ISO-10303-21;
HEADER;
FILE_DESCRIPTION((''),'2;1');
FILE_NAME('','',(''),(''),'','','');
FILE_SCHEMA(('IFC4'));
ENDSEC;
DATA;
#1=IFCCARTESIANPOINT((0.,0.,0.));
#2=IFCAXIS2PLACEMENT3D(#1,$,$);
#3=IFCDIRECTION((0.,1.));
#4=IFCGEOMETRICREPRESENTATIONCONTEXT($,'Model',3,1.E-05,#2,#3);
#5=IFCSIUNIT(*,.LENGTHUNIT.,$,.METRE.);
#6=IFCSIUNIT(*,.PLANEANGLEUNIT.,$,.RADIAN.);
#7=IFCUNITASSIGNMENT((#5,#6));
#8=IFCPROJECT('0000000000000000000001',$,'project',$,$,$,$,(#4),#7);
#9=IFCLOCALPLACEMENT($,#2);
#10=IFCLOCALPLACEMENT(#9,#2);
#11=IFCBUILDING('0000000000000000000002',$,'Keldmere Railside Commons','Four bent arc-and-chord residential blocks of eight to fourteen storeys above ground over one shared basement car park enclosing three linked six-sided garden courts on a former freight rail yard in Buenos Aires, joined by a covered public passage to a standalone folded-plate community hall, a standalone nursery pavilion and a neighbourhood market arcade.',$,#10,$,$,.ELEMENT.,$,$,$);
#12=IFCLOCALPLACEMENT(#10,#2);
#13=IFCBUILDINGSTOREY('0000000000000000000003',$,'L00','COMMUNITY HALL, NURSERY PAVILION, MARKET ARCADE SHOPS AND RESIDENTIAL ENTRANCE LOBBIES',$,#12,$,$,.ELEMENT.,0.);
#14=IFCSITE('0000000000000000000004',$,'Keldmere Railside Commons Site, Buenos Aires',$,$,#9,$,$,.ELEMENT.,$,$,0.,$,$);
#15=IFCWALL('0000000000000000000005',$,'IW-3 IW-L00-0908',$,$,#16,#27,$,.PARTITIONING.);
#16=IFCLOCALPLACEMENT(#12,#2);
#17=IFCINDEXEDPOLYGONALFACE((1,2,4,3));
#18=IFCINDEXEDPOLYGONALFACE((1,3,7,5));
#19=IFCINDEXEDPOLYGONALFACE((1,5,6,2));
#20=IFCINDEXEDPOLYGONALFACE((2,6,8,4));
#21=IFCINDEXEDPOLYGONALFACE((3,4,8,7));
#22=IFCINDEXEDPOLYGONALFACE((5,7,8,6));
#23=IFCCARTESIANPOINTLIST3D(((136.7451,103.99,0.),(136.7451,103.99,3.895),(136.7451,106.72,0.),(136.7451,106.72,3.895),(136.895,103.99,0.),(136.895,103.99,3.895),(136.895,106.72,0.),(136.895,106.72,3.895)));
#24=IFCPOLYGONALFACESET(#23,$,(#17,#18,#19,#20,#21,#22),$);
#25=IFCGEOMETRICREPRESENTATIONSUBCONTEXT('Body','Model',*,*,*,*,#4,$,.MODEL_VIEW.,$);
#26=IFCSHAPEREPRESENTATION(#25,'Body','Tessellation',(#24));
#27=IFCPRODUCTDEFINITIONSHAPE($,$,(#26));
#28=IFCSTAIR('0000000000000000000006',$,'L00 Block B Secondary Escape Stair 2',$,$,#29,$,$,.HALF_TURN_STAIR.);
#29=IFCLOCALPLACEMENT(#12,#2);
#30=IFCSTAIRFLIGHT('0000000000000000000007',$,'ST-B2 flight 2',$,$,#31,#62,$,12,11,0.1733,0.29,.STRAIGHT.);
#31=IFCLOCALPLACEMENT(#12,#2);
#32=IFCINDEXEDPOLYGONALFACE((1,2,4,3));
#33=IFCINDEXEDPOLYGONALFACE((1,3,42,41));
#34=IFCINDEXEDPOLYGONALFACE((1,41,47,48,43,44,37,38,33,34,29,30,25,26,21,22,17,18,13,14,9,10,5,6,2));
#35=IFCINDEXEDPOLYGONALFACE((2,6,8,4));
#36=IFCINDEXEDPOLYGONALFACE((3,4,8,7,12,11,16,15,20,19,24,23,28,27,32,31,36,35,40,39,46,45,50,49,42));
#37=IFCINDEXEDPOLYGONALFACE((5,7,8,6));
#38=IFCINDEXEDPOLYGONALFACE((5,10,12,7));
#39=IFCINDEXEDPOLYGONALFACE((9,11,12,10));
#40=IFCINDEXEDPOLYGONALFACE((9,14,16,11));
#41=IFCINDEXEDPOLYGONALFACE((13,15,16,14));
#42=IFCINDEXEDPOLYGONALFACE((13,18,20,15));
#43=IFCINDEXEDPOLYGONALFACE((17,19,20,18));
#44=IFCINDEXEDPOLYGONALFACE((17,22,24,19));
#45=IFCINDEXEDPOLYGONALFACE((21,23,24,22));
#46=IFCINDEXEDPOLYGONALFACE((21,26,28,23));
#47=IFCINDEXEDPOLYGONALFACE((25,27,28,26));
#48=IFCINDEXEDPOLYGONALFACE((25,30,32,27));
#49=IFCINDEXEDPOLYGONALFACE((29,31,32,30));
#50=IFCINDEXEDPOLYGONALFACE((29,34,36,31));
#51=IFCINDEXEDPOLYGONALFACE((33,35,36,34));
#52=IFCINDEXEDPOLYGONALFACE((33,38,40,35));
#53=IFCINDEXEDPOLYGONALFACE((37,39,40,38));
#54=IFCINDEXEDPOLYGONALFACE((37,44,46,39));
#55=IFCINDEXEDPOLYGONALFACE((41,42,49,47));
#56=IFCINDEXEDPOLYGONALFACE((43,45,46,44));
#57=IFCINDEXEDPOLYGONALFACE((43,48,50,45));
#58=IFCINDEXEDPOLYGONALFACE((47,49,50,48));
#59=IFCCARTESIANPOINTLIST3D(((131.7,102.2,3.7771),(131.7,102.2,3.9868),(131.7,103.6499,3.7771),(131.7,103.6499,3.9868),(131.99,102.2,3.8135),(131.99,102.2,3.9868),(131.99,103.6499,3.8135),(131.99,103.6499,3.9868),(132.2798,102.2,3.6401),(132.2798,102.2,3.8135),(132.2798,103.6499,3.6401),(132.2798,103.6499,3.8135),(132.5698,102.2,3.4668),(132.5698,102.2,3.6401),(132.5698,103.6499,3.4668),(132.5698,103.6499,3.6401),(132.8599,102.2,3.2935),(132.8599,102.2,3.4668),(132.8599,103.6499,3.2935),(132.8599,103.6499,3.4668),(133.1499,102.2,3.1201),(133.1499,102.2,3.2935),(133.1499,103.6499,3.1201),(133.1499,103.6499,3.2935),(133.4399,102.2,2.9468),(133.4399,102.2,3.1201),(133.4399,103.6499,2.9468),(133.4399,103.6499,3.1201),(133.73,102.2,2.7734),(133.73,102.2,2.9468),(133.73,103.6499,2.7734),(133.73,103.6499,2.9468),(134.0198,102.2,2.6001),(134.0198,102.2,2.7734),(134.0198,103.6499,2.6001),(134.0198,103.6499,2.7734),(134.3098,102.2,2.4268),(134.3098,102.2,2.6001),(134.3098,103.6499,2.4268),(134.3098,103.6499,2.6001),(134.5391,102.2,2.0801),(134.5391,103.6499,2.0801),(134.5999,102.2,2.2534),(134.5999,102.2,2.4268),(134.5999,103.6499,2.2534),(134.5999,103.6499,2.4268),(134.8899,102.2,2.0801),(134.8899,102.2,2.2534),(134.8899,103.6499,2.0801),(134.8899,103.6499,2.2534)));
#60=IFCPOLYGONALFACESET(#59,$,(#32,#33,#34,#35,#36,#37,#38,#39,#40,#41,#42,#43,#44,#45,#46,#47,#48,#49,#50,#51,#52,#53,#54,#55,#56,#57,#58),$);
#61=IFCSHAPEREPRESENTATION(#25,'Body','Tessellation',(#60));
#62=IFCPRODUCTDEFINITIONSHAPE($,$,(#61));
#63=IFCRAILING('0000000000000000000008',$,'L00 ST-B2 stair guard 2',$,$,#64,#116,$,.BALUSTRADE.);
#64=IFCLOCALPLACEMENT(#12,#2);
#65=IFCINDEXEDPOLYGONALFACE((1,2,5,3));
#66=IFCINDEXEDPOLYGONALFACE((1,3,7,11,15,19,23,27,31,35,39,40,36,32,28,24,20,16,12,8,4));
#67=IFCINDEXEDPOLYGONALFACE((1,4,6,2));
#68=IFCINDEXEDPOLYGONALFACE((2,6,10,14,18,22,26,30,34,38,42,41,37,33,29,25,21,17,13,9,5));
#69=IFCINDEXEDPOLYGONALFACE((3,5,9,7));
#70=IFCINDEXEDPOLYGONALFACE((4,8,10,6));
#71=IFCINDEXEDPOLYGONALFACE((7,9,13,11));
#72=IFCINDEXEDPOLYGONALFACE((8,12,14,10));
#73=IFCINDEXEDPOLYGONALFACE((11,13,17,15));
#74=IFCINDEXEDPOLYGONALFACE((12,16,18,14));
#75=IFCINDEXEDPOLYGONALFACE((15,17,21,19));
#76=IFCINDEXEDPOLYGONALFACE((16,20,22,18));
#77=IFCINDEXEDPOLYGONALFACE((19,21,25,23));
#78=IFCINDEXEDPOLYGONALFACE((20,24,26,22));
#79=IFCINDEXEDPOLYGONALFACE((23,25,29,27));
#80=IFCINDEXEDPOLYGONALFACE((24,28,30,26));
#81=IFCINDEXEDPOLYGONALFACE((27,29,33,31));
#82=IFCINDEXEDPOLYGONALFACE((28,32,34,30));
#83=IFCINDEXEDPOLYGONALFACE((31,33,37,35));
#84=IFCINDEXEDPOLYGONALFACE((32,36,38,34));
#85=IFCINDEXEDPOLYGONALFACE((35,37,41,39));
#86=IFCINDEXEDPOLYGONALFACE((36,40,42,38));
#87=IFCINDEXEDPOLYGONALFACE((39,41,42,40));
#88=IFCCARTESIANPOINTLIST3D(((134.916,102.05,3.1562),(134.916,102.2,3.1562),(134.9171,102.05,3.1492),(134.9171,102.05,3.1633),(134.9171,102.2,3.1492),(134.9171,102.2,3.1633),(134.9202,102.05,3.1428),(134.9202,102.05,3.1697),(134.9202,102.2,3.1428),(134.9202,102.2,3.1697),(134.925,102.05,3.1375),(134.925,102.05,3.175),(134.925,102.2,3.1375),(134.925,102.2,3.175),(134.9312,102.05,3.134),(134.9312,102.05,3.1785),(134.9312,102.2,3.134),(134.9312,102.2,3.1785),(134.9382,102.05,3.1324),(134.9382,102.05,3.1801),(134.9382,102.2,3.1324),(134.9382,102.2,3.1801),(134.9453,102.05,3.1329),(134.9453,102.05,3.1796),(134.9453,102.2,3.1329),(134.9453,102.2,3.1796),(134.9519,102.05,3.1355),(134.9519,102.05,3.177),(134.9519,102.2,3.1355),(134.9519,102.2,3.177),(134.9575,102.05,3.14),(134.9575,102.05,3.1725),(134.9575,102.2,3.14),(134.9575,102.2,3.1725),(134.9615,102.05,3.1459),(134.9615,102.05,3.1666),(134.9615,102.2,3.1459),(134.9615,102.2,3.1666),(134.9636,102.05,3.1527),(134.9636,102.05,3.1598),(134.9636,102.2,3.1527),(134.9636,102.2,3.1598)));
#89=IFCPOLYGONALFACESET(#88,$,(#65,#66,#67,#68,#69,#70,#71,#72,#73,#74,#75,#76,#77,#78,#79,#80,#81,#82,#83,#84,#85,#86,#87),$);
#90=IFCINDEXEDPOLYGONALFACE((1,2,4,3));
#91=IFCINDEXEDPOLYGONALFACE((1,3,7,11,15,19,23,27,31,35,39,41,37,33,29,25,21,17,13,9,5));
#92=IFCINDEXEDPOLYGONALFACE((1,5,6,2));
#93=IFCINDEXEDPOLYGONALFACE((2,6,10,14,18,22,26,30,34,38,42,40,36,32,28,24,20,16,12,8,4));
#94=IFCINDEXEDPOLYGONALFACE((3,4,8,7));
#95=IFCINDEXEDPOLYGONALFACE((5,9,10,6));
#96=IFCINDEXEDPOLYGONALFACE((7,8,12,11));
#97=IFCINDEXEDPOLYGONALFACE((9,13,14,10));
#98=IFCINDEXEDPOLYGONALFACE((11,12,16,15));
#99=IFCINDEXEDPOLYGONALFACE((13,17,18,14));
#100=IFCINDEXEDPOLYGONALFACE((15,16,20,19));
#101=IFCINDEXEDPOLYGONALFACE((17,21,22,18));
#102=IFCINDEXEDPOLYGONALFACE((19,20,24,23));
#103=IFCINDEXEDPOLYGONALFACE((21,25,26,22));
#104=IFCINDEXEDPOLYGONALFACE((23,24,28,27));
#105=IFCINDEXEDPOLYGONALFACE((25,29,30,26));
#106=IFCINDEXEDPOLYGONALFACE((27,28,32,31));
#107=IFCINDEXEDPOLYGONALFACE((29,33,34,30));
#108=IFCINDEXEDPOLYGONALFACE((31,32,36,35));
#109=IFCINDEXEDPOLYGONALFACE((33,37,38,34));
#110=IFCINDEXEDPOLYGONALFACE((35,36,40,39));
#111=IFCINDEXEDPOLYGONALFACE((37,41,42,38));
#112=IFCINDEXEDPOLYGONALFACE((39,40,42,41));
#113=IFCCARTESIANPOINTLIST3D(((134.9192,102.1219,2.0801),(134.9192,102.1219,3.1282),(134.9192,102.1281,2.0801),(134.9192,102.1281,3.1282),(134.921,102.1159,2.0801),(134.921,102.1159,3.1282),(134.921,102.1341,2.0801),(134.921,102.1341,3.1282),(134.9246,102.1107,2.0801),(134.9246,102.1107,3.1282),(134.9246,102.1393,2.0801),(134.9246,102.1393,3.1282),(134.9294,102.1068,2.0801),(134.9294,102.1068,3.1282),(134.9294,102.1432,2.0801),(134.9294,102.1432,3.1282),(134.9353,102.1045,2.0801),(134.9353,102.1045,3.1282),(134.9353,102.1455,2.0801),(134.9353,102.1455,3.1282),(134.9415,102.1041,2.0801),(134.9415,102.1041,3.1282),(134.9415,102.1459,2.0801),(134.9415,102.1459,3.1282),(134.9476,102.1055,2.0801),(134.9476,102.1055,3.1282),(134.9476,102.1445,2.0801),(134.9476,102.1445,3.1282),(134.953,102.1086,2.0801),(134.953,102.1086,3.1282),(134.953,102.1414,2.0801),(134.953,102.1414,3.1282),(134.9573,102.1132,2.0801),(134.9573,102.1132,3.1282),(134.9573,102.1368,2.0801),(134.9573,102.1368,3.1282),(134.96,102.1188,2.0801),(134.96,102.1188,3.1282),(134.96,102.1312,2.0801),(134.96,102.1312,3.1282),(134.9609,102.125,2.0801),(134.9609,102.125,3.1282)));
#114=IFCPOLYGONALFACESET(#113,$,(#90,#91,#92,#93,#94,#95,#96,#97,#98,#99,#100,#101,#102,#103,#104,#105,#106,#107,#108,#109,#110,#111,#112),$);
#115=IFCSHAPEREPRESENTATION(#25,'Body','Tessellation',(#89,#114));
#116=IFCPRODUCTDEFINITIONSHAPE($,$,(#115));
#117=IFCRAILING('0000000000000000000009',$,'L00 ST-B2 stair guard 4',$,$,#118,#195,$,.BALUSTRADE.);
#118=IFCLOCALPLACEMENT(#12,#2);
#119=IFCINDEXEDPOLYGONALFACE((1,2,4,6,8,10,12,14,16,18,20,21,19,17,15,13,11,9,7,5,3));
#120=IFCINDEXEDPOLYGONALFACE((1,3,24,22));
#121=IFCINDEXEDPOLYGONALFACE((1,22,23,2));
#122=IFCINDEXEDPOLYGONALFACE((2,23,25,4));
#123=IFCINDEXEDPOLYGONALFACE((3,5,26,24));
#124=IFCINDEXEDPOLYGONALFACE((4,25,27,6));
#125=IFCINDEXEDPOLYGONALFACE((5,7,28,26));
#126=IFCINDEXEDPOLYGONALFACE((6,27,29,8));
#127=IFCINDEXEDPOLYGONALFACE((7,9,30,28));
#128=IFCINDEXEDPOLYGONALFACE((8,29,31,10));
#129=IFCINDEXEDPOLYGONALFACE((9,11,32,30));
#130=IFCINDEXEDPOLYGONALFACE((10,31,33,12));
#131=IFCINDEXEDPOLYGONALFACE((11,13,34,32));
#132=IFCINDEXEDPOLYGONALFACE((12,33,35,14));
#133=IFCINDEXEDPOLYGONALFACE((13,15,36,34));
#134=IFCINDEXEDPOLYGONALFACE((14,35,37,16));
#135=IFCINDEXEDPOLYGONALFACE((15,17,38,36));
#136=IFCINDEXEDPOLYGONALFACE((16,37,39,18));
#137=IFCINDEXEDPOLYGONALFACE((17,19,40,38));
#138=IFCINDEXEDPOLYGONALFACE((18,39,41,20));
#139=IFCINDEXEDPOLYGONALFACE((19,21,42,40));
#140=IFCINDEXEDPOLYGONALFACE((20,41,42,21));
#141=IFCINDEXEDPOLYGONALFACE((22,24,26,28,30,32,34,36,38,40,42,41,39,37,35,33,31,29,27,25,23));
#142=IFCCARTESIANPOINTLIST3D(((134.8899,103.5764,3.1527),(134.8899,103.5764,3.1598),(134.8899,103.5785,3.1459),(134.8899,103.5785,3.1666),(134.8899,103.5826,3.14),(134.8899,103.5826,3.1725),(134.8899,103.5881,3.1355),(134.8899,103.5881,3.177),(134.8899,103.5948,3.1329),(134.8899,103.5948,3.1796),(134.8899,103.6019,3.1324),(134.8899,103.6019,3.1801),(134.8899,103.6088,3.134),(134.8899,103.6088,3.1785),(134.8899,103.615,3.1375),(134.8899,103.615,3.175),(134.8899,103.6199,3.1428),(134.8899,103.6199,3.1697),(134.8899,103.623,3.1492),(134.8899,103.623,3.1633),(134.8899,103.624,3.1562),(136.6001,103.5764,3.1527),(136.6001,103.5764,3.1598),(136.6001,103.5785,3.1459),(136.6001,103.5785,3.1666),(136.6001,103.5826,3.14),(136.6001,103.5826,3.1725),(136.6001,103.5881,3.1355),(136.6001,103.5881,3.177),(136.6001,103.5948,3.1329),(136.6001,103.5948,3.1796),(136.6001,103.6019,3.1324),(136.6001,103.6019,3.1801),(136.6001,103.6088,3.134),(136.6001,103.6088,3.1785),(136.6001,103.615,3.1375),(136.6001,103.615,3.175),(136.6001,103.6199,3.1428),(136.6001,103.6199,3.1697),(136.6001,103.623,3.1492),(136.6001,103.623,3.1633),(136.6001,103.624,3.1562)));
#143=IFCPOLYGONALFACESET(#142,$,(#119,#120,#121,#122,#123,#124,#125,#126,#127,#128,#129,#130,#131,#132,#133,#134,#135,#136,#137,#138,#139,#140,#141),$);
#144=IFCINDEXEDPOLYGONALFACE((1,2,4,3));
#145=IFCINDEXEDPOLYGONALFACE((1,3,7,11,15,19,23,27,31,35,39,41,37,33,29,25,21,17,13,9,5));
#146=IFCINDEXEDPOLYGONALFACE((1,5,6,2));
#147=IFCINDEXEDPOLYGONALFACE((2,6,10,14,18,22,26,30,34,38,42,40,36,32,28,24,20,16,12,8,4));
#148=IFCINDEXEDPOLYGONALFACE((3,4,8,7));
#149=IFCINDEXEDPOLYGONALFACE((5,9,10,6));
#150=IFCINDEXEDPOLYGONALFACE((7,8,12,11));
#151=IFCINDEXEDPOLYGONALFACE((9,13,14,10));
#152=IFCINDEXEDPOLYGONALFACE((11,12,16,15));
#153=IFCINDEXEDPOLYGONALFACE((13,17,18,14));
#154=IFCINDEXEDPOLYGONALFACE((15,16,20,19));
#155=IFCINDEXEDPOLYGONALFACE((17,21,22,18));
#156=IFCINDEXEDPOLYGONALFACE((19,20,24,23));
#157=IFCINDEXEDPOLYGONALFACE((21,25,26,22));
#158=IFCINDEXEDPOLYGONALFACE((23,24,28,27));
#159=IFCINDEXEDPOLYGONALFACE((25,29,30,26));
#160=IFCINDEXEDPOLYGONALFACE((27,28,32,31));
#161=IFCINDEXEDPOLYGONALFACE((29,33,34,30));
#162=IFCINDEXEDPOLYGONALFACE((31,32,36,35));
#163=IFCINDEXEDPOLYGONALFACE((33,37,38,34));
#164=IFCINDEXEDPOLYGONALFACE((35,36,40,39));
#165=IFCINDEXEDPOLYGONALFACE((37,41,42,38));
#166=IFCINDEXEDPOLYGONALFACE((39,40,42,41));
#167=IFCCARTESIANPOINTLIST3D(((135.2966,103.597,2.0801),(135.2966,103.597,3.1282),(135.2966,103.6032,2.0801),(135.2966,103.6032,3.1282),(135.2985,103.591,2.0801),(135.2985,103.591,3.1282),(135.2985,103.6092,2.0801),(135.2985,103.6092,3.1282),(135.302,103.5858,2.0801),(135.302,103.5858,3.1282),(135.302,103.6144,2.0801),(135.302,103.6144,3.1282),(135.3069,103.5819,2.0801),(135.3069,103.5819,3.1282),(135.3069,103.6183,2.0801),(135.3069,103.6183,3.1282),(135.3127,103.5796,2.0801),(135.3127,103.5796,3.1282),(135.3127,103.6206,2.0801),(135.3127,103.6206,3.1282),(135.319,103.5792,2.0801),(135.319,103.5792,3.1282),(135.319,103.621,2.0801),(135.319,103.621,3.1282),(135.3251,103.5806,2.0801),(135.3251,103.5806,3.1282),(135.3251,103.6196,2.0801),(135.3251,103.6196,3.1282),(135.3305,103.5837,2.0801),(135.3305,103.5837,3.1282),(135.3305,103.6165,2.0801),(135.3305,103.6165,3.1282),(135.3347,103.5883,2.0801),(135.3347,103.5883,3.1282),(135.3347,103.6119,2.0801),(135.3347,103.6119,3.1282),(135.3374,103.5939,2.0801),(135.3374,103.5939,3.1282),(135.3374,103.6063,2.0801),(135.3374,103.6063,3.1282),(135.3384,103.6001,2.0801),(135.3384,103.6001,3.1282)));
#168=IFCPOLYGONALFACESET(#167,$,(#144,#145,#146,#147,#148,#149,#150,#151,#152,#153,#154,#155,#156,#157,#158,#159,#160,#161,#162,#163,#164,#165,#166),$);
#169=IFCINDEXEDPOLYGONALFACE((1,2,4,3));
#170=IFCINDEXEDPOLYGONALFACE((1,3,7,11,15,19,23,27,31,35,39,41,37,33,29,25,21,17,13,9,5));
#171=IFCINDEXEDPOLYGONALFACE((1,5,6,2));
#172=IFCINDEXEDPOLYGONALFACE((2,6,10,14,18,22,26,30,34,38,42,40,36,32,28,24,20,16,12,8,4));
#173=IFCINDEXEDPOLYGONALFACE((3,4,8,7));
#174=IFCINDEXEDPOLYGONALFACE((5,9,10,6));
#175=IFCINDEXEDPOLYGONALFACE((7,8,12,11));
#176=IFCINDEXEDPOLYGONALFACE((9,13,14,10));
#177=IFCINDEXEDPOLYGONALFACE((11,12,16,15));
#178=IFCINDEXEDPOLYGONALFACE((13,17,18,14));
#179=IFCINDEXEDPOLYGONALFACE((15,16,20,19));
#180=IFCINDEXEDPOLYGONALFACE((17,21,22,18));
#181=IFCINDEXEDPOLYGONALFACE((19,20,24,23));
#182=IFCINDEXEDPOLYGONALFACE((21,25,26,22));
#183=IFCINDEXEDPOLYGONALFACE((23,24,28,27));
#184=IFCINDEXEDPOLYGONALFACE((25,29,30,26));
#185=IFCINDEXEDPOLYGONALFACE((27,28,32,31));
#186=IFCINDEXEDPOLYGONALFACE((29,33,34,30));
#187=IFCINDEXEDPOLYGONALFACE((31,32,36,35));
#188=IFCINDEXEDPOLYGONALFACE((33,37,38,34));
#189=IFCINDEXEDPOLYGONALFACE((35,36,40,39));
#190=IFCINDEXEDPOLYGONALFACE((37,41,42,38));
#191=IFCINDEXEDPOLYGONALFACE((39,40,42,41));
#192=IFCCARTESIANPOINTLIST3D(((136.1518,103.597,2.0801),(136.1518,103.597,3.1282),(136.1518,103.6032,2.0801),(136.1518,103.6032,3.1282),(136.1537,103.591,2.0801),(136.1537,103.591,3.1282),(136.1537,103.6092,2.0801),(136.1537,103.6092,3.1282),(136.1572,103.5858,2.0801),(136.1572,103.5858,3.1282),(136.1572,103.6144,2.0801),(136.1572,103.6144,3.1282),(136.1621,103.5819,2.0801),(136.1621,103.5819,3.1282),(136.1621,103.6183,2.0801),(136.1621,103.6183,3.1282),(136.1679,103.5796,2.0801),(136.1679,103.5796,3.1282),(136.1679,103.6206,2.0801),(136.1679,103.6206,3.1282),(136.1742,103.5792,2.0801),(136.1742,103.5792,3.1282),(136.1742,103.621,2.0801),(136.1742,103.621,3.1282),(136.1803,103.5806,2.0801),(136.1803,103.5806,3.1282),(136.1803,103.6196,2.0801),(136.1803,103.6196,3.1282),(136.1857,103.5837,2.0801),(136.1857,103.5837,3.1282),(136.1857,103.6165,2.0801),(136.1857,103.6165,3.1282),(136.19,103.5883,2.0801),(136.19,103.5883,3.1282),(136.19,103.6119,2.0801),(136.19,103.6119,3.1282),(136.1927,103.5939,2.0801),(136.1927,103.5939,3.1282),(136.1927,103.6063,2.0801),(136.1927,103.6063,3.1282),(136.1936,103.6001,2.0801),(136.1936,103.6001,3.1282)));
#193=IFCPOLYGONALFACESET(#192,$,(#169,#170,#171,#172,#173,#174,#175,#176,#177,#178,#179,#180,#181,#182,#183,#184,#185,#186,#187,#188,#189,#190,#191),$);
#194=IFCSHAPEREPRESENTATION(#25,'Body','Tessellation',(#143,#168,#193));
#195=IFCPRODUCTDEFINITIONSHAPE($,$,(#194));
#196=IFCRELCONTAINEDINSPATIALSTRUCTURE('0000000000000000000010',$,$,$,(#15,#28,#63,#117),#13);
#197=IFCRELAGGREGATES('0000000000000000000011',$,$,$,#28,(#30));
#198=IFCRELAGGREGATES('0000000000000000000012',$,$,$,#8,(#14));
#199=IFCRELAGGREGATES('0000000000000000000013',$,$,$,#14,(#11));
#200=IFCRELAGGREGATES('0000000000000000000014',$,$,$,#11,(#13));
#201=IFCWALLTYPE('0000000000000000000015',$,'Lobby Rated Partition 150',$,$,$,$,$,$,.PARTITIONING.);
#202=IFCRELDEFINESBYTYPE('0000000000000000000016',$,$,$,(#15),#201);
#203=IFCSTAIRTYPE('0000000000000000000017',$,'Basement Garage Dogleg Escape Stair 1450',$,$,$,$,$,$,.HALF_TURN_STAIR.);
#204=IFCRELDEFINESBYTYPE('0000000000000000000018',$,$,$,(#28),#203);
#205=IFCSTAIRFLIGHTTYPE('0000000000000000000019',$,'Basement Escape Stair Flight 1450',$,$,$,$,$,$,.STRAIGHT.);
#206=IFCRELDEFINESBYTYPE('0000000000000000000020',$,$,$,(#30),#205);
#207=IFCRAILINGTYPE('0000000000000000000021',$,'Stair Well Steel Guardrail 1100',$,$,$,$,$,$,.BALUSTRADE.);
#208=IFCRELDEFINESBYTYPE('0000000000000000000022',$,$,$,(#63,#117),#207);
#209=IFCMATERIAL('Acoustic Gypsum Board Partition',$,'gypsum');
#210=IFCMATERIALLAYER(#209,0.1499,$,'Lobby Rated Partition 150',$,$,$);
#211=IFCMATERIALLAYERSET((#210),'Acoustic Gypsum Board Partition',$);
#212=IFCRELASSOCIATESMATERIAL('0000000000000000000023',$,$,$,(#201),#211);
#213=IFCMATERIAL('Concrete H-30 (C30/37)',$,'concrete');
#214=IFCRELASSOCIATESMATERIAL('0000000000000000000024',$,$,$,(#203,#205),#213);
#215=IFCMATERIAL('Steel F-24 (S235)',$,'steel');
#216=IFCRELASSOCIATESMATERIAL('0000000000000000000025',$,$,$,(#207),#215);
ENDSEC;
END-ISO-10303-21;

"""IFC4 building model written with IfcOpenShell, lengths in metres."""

from ifc_helpers import new_model, si_unit, direction, frame, frame_2d, origin, origin_2d, place, context, subcontext, project, spatial, polyline, rectangle, circle, outline, extrude, material, layer, layer_set, type_object, element, aggregate, save


model = new_model("IFC4")

# Units and contexts
model_context = context("Model", 3, precision=1e-05, world=origin(), true_north=direction((0.0, 1.0)))
body_context = subcontext(model_context, "Body", "Model", "MODEL_VIEW")
ifc_project = project(units=[si_unit("LENGTHUNIT", "METRE"), si_unit("PLANEANGLEUNIT", "RADIAN")], contexts=[model_context])

# Site, building, storey
site_placement = place(None, origin())
site = spatial("IfcSite", under=ifc_project, at=site_placement, Name="Keldmere Railside Commons Site, Buenos Aires", CompositionType="ELEMENT", RefElevation=0.0)
building_placement = place(site_placement, origin())
building = spatial("IfcBuilding", under=site, at=building_placement, Name="Keldmere Railside Commons", Description="Four bent arc-and-chord residential blocks of eight to fourteen storeys above ground over one shared basement car park enclosing three linked six-sided garden courts on a former freight rail yard in Buenos Aires, joined by a covered public passage to a standalone folded-plate community hall, a standalone nursery pavilion and a neighbourhood market arcade.", CompositionType="ELEMENT")
storey_placement = place(building_placement, origin())
storey = spatial("IfcBuildingStorey", under=building, at=storey_placement, Name="L00", Description="COMMUNITY HALL, NURSERY PAVILION, MARKET ARCADE SHOPS AND RESIDENTIAL ENTRANCE LOBBIES", CompositionType="ELEMENT", Elevation=0.0)

# Shared definitions
ifc_material_1 = material(Name="Steel F-24 (S235)", Category="steel")

# Wall
ifc_material_2 = material(Name="Acoustic Gypsum Board Partition", Category="gypsum")
ifc_layer_1 = layer(ifc_material_2, 0.1499, Name="Lobby Rated Partition 150")
ifc_layer_set_1 = layer_set([ifc_layer_1], Name="Acoustic Gypsum Board Partition")
wall_type_1 = type_object("IfcWallType", Name="Lobby Rated Partition 150", PredefinedType="PARTITIONING", material=ifc_layer_set_1)
wall_1_placement = place(storey_placement, frame((136.8201, 103.99, 0.0), z_axis=(0.0, 0.0, 1.0), x_axis=(0.0, 1.0, 0.0)))
element("IfcWall", 1, at=wall_1_placement, inside=storey, type_object=wall_type_1, Name="IW-3 IW-L00-0908", PredefinedType="PARTITIONING", context=body_context, shape_type="SweptSolid", body=[
    extrude(rectangle(XDim=2.73, YDim=0.1499, at=frame_2d((1.365, 0.0))), origin(), (0.0, 0.0, 1.0), 3.895),
])

# Stair, stair flight
ifc_material_3 = material(Name="Concrete H-30 (C30/37)", Category="concrete")
stair_type = type_object("IfcStairType", Name="Basement Garage Dogleg Escape Stair 1450", PredefinedType="HALF_TURN_STAIR", material=ifc_material_3)
stair_placement = place(storey_placement, origin())
stair = element("IfcStair", 2, at=stair_placement, inside=storey, type_object=stair_type, Name="L00 Block B Secondary Escape Stair 2", PredefinedType="HALF_TURN_STAIR")
stair_flight_type = type_object("IfcStairFlightType", Name="Basement Escape Stair Flight 1450", PredefinedType="STRAIGHT", material=ifc_material_3)
stair_flight_placement = place(storey_placement, frame((134.8899, 102.925, 2.0801), z_axis=(0.0, 0.0, 1.0), x_axis=(-1.0, 0.0, 0.0)))
stair_flight = element("IfcStairFlight", 3, at=stair_flight_placement, type_object=stair_flight_type, Name="ST-B2 flight 2", NumberOfRisers=12, NumberOfTreads=11, PredefinedType="STRAIGHT", RiserHeight=0.1733, TreadLength=0.29, context=body_context, shape_type="SweptSolid", body=[
    extrude(outline(polyline([(0.0, 0.0), (0.0, 0.1733), (0.29, 0.1733), (0.29, 0.3467), (0.5801, 0.3467), (0.5801, 0.52), (0.8701, 0.52), (0.8701, 0.6934), (1.1599, 0.6934), (1.1599, 0.8667), (1.45, 0.8667), (1.45, 1.04), (1.74, 1.04), (1.74, 1.2134), (2.03, 1.2134), (2.03, 1.3867), (2.3201, 1.3867), (2.3201, 1.5601), (2.6101, 1.5601), (2.6101, 1.7334), (2.8999, 1.7334), (2.8999, 1.9067), (3.1899, 1.9067), (3.1899, 2.0801), (3.1899, 1.697), (0.3508, 0.0), (0.0, 0.0)])), frame((0.0, 0.7251, 0.0), z_axis=(0.0, -1.0, 0.0), x_axis=(1.0, 0.0, 0.0)), (0.0, 0.0, 1.0), 1.45),
])
aggregate(stair, [stair_flight])

# Railings
railing_type_1 = type_object("IfcRailingType", Name="Stair Well Steel Guardrail 1100", PredefinedType="BALUSTRADE", material=ifc_material_1)
railing_1_placement = place(storey_placement, frame((134.9399, 102.05, 2.0801)))
element("IfcRailing", 4, at=railing_1_placement, inside=storey, type_object=railing_type_1, Name="L00 ST-B2 stair guard 2", PredefinedType="BALUSTRADE", context=body_context, shape_type="SweptSolid", body=[
    extrude(circle(Radius=0.0239, at=origin_2d()), frame((0.0, 0.0, 1.0762), z_axis=(0.0, 1.0, 0.0), x_axis=(-1.0, 0.0, 0.0)), (0.0, 0.0, 1.0), 0.1499),
    extrude(circle(Radius=0.021, at=origin_2d()), frame((0.0, 0.075, 0.0)), (0.0, 0.0, 1.0), 1.0481),
])
railing_2_placement = place(storey_placement, frame((134.8899, 103.6001, 2.0801)))
element("IfcRailing", 5, at=railing_2_placement, inside=storey, type_object=railing_type_1, Name="L00 ST-B2 stair guard 4", PredefinedType="BALUSTRADE", context=body_context, shape_type="SweptSolid", body=[
    extrude(circle(Radius=0.0239, at=origin_2d()), frame((0.0, 0.0, 1.0762), z_axis=(1.0, 0.0, 0.0), x_axis=(0.0, 1.0, 0.0)), (0.0, 0.0, 1.0), 1.7102),
    extrude(circle(Radius=0.021, at=origin_2d()), frame((0.4275, 0.0, 0.0)), (0.0, 0.0, 1.0), 1.0481),
    extrude(circle(Radius=0.021, at=origin_2d()), frame((1.2827, 0.0, 0.0)), (0.0, 0.0, 1.0), 1.0481),
])

save(model, "model.ifc")
